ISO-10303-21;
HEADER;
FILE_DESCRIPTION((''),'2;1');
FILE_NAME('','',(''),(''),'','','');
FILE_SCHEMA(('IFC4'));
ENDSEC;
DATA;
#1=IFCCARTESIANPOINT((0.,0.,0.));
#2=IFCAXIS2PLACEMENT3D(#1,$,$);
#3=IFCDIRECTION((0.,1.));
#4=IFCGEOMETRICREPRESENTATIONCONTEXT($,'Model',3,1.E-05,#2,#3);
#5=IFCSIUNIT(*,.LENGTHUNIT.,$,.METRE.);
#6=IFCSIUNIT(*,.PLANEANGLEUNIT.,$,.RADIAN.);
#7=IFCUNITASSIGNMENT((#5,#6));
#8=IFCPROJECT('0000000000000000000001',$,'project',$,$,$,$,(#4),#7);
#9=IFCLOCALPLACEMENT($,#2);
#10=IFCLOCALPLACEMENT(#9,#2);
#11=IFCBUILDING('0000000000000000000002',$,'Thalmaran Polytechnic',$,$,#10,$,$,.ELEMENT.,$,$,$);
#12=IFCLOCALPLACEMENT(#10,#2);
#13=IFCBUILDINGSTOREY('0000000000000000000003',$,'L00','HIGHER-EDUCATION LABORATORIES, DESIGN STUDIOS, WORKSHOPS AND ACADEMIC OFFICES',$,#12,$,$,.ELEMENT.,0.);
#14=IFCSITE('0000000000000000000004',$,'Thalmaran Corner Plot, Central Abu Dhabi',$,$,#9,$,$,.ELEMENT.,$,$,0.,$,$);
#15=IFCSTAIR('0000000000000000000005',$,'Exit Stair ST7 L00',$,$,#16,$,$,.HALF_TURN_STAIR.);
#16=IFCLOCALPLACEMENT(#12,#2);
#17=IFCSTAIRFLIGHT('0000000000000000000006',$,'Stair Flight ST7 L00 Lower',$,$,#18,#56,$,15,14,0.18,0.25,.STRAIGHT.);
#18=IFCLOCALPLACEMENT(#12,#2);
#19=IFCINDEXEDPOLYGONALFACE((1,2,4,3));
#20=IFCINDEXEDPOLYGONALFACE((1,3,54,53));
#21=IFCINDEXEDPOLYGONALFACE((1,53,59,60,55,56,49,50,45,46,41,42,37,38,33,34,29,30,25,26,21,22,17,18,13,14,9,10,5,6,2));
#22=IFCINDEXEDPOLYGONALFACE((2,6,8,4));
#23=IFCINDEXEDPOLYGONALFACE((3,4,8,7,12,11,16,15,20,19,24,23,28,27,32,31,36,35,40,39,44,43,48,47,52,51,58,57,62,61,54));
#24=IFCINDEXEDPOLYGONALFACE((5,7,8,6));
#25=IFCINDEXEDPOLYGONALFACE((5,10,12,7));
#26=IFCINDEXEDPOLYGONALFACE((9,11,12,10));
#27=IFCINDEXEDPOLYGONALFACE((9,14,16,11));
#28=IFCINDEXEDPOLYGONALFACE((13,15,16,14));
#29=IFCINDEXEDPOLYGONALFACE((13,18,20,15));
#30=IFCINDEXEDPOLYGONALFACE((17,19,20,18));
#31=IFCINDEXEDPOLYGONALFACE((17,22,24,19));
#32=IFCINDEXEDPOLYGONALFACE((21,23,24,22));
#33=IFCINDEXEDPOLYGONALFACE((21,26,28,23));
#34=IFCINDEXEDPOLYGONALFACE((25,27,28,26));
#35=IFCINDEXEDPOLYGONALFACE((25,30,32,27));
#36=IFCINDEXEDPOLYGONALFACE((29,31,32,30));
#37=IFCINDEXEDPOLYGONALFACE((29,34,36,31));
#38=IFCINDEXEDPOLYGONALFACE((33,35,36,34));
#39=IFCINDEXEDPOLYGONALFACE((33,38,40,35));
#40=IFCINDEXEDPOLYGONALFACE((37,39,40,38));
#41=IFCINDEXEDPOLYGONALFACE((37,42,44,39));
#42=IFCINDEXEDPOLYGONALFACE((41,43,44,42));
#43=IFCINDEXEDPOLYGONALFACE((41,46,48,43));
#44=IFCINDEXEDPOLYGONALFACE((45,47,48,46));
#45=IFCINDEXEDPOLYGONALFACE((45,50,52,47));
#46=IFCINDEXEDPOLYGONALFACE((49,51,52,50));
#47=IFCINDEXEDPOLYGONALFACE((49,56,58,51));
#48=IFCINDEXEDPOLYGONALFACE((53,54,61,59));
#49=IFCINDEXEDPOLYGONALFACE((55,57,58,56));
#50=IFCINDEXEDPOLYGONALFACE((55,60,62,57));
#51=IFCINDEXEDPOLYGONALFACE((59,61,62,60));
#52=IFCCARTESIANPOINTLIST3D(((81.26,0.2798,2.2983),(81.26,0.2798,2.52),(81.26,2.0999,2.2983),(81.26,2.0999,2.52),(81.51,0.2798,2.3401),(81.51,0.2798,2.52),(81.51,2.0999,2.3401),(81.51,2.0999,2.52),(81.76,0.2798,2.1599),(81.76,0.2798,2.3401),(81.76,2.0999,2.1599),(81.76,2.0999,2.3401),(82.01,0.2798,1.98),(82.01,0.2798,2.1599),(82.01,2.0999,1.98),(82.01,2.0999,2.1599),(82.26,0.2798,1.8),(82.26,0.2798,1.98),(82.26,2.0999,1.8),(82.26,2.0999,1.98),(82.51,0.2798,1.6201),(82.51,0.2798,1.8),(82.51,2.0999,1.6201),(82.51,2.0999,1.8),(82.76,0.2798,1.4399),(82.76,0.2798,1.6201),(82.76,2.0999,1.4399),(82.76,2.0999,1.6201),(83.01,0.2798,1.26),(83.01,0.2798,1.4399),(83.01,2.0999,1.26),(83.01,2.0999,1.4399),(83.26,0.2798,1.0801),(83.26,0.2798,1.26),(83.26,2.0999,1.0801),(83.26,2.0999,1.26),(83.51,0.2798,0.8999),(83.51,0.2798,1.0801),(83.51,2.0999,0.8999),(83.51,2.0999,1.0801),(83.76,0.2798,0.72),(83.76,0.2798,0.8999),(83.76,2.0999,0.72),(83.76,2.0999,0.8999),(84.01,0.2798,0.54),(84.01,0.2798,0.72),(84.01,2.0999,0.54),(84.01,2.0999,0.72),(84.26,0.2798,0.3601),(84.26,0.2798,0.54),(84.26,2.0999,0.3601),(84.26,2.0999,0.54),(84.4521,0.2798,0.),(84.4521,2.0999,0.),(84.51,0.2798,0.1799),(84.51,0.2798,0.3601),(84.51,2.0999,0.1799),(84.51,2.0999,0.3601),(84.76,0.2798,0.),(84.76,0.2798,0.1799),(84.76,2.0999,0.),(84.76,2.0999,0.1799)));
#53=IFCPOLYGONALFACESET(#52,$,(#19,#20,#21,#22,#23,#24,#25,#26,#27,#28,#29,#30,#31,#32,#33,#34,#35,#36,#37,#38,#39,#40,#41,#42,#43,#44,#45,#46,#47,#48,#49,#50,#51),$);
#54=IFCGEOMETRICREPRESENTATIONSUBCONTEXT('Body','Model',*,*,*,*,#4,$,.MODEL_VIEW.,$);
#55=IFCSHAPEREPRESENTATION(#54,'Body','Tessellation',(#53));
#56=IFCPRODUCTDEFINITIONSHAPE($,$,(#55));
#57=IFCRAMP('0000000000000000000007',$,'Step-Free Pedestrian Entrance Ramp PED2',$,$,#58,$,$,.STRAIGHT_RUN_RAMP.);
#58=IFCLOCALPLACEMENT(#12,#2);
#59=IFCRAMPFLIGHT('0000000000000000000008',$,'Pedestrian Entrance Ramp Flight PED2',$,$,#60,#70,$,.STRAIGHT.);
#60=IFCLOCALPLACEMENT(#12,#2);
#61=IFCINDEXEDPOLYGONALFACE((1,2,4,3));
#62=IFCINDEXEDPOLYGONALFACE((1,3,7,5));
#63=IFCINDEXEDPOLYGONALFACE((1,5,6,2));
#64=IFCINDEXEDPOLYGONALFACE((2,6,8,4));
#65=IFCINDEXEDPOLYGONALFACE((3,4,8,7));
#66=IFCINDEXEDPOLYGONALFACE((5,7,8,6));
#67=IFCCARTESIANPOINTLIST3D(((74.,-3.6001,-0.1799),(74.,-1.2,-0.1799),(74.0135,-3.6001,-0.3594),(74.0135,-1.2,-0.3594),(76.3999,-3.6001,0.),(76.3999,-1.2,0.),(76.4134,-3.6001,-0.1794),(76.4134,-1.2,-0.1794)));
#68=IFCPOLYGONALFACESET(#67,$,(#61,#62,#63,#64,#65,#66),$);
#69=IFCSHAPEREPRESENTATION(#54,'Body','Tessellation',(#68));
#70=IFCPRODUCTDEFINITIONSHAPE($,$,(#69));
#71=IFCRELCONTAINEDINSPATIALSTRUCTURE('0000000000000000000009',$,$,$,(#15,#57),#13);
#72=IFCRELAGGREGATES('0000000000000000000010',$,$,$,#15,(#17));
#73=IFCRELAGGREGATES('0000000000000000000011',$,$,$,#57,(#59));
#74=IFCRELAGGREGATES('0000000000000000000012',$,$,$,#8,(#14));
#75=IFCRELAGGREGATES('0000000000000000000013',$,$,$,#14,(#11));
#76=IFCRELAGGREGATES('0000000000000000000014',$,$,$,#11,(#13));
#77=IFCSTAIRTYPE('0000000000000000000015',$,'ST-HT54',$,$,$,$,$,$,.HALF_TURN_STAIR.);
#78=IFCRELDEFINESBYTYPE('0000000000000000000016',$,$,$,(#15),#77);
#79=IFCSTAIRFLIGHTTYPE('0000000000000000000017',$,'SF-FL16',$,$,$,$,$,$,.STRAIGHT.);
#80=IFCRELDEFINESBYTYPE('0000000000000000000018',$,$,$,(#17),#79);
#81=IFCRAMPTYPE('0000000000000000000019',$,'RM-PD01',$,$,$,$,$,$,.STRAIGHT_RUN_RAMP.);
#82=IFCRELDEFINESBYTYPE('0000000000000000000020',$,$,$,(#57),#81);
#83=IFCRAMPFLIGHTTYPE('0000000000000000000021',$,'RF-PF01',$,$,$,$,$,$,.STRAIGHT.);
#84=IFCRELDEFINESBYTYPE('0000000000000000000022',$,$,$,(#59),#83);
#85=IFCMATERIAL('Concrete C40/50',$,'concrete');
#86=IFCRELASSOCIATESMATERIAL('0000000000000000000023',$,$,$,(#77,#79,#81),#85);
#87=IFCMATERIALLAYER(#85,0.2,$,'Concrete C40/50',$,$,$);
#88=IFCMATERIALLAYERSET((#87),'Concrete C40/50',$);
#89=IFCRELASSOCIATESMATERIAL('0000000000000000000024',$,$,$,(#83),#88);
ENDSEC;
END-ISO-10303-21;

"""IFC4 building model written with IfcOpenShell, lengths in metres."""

from ifc_helpers import new_model, si_unit, direction, frame, origin, place, context, subcontext, project, spatial, polyline, outline, extrude, material, layer, layer_set, type_object, element, aggregate, save


model = new_model("IFC4")

# Units and contexts
model_context = context("Model", 3, precision=1e-05, world=origin(), true_north=direction((0.0, 1.0)))
body_context = subcontext(model_context, "Body", "Model", "MODEL_VIEW")
ifc_project = project(units=[si_unit("LENGTHUNIT", "METRE"), si_unit("PLANEANGLEUNIT", "RADIAN")], contexts=[model_context])

# Site, building, storey
site_placement = place(None, origin())
site = spatial("IfcSite", under=ifc_project, at=site_placement, Name="Thalmaran Corner Plot, Central Abu Dhabi", CompositionType="ELEMENT", RefElevation=0.0)
building_placement = place(site_placement, origin())
building = spatial("IfcBuilding", under=site, at=building_placement, Name="Thalmaran Polytechnic", CompositionType="ELEMENT")
storey_placement = place(building_placement, origin())
storey = spatial("IfcBuildingStorey", under=building, at=storey_placement, Name="L00", Description="HIGHER-EDUCATION LABORATORIES, DESIGN STUDIOS, WORKSHOPS AND ACADEMIC OFFICES", CompositionType="ELEMENT", Elevation=0.0)

# Shared definitions
ifc_material_1 = material(Name="Concrete C40/50", Category="concrete")

# Stair, stair flight
stair_type = type_object("IfcStairType", Name="ST-HT54", PredefinedType="HALF_TURN_STAIR", material=ifc_material_1)
stair_placement = place(storey_placement, origin())
stair = element("IfcStair", 1, at=stair_placement, inside=storey, type_object=stair_type, Name="Exit Stair ST7 L00", PredefinedType="HALF_TURN_STAIR")
stair_flight_type = type_object("IfcStairFlightType", Name="SF-FL16", PredefinedType="STRAIGHT", material=ifc_material_1)
stair_flight_placement = place(storey_placement, frame((84.76, 1.1899, 0.0), z_axis=(0.0, 0.0, 1.0), x_axis=(-1.0, 0.0, 0.0)))
stair_flight = element("IfcStairFlight", 2, at=stair_flight_placement, type_object=stair_flight_type, Name="Stair Flight ST7 L00 Lower", NumberOfRisers=15, NumberOfTreads=14, PredefinedType="STRAIGHT", RiserHeight=0.18, TreadLength=0.25, context=body_context, shape_type="SweptSolid", body=[
    extrude(outline(polyline([(0.0, 0.0), (0.0, 0.1799), (0.25, 0.1799), (0.25, 0.3601), (0.5, 0.3601), (0.5, 0.54), (0.75, 0.54), (0.75, 0.72), (1.0, 0.72), (1.0, 0.8999), (1.25, 0.8999), (1.25, 1.0801), (1.5, 1.0801), (1.5, 1.26), (1.75, 1.26), (1.75, 1.4399), (2.0, 1.4399), (2.0, 1.6201), (2.25, 1.6201), (2.25, 1.8), (2.5, 1.8), (2.5, 1.98), (2.75, 1.98), (2.75, 2.1599), (3.0, 2.1599), (3.0, 2.3401), (3.25, 2.3401), (3.25, 2.52), (3.5, 2.52), (3.5, 2.7), (3.5, 2.2983), (0.3079, 0.0), (0.0, 0.0)])), frame((0.0, 0.9102, 0.0), z_axis=(0.0, -1.0, 0.0), x_axis=(1.0, 0.0, 0.0)), (0.0, 0.0, 1.0), 1.8201),
])
aggregate(stair, [stair_flight])

# Ramp, ramp flight
ramp_type = type_object("IfcRampType", Name="RM-PD01", PredefinedType="STRAIGHT_RUN_RAMP", material=ifc_material_1)
ramp_placement = place(storey_placement, origin())
ramp = element("IfcRamp", 3, at=ramp_placement, inside=storey, type_object=ramp_type, Name="Step-Free Pedestrian Entrance Ramp PED2", PredefinedType="STRAIGHT_RUN_RAMP")
ifc_layer_1 = layer(ifc_material_1, 0.2, Name="Concrete C40/50")
ifc_layer_set_1 = layer_set([ifc_layer_1], Name="Concrete C40/50")
ramp_flight_type = type_object("IfcRampFlightType", Name="RF-PF01", PredefinedType="STRAIGHT", material=ifc_layer_set_1)
ramp_flight_placement = place(storey_placement, frame((74.0, -3.6001, -0.1799), z_axis=(-0.074765, 0.0, 0.997201), x_axis=(0.997201, 0.0, 0.074765)))
ramp_flight = element("IfcRampFlight", 4, at=ramp_flight_placement, type_object=ramp_flight_type, Name="Pedestrian Entrance Ramp Flight PED2", PredefinedType="STRAIGHT", context=body_context, shape_type="SweptSolid", body=[
    extrude(outline(polyline([(0.0, 0.0), (2.4066, 0.0), (2.4066, 2.4001), (0.0, 2.4001), (0.0, 0.0)])), origin(), (0.0, 0.0, -1.0), 0.1799),
])
aggregate(ramp, [ramp_flight])

save(model, "model.ifc")
